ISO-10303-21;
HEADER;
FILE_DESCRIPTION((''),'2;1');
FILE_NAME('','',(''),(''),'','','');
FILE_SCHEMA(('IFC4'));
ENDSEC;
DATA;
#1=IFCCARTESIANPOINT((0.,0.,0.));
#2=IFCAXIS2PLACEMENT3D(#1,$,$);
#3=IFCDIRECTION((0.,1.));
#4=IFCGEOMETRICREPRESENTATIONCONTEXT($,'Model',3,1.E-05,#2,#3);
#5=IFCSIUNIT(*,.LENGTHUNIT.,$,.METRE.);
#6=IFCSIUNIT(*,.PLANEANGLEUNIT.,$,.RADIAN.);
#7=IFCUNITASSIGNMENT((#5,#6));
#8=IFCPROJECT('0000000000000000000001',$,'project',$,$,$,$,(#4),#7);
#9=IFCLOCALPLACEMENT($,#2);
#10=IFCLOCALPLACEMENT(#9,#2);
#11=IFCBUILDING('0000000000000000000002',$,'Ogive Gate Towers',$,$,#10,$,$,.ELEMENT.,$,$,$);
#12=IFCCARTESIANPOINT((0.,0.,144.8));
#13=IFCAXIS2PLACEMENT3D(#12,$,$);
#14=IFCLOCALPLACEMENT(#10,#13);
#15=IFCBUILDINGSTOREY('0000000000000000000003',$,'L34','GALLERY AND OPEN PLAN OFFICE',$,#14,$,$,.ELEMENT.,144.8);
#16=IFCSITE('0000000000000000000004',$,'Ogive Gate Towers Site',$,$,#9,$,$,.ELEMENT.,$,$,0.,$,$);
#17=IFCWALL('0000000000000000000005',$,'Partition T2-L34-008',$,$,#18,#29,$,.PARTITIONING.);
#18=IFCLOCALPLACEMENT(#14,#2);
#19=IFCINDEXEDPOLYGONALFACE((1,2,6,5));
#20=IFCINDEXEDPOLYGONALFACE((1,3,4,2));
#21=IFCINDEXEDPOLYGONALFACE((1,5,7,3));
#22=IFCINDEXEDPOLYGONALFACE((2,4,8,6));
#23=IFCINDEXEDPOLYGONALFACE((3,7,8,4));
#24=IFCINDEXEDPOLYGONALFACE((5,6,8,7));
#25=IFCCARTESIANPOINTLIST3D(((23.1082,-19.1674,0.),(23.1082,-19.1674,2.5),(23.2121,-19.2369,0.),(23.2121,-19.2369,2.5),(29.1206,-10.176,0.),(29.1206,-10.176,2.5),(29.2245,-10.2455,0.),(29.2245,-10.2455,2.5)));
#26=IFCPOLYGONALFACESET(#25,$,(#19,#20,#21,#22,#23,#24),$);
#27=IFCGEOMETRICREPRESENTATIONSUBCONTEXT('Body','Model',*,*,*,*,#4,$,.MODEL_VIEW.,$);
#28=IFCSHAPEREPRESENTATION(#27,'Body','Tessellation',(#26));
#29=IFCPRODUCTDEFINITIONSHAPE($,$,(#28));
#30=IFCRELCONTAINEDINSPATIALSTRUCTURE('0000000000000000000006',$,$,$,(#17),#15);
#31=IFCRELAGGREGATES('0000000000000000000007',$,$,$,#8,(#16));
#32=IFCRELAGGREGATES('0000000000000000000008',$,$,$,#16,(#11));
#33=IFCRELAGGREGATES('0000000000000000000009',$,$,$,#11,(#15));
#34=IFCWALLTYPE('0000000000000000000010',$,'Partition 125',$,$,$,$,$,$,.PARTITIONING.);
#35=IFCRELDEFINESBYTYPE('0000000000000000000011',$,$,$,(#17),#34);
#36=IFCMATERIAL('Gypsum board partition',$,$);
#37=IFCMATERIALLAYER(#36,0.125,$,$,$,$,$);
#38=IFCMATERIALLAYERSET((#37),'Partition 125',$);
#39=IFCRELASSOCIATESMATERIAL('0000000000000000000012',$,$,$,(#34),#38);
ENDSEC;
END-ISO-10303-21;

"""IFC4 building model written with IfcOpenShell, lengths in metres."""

from ifc_helpers import new_model, si_unit, direction, frame, frame_2d, origin, place, context, subcontext, project, spatial, rectangle, extrude, material, layer, layer_set, type_object, element, save


model = new_model("IFC4")

# Units and contexts
model_context = context("Model", 3, precision=1e-05, world=origin(), true_north=direction((0.0, 1.0)))
body_context = subcontext(model_context, "Body", "Model", "MODEL_VIEW")
ifc_project = project(units=[si_unit("LENGTHUNIT", "METRE"), si_unit("PLANEANGLEUNIT", "RADIAN")], contexts=[model_context])

# Site, building, storey
site_placement = place(None, origin())
site = spatial("IfcSite", under=ifc_project, at=site_placement, Name="Ogive Gate Towers Site", CompositionType="ELEMENT", RefElevation=0.0)
building_placement = place(site_placement, origin())
building = spatial("IfcBuilding", under=site, at=building_placement, Name="Ogive Gate Towers", CompositionType="ELEMENT")
storey_placement = place(building_placement, frame((0.0, 0.0, 144.8)))
storey = spatial("IfcBuildingStorey", under=building, at=storey_placement, Name="L34", Description="GALLERY AND OPEN PLAN OFFICE", CompositionType="ELEMENT", Elevation=144.8)

# Wall
ifc_material_1 = material(Name="Gypsum board partition")
ifc_layer_1 = layer(ifc_material_1, 0.125)
ifc_layer_set_1 = layer_set([ifc_layer_1], Name="Partition 125")
wall_type = type_object("IfcWallType", Name="Partition 125", PredefinedType="PARTITIONING", material=ifc_layer_set_1)
wall_placement = place(storey_placement, frame((23.1602, -19.2021, 0.0), z_axis=(0.0, 0.0, 1.0), x_axis=(0.555861, 0.831275, 0.0)))
element("IfcWall", 1, at=wall_placement, inside=storey, type_object=wall_type, Name="Partition T2-L34-008", PredefinedType="PARTITIONING", context=body_context, shape_type="SweptSolid", body=[
    extrude(rectangle(XDim=10.8164, YDim=0.125, at=frame_2d((5.4082, 0.0))), origin(), (0.0, 0.0, 1.0), 2.5),
])

save(model, "model.ifc")
